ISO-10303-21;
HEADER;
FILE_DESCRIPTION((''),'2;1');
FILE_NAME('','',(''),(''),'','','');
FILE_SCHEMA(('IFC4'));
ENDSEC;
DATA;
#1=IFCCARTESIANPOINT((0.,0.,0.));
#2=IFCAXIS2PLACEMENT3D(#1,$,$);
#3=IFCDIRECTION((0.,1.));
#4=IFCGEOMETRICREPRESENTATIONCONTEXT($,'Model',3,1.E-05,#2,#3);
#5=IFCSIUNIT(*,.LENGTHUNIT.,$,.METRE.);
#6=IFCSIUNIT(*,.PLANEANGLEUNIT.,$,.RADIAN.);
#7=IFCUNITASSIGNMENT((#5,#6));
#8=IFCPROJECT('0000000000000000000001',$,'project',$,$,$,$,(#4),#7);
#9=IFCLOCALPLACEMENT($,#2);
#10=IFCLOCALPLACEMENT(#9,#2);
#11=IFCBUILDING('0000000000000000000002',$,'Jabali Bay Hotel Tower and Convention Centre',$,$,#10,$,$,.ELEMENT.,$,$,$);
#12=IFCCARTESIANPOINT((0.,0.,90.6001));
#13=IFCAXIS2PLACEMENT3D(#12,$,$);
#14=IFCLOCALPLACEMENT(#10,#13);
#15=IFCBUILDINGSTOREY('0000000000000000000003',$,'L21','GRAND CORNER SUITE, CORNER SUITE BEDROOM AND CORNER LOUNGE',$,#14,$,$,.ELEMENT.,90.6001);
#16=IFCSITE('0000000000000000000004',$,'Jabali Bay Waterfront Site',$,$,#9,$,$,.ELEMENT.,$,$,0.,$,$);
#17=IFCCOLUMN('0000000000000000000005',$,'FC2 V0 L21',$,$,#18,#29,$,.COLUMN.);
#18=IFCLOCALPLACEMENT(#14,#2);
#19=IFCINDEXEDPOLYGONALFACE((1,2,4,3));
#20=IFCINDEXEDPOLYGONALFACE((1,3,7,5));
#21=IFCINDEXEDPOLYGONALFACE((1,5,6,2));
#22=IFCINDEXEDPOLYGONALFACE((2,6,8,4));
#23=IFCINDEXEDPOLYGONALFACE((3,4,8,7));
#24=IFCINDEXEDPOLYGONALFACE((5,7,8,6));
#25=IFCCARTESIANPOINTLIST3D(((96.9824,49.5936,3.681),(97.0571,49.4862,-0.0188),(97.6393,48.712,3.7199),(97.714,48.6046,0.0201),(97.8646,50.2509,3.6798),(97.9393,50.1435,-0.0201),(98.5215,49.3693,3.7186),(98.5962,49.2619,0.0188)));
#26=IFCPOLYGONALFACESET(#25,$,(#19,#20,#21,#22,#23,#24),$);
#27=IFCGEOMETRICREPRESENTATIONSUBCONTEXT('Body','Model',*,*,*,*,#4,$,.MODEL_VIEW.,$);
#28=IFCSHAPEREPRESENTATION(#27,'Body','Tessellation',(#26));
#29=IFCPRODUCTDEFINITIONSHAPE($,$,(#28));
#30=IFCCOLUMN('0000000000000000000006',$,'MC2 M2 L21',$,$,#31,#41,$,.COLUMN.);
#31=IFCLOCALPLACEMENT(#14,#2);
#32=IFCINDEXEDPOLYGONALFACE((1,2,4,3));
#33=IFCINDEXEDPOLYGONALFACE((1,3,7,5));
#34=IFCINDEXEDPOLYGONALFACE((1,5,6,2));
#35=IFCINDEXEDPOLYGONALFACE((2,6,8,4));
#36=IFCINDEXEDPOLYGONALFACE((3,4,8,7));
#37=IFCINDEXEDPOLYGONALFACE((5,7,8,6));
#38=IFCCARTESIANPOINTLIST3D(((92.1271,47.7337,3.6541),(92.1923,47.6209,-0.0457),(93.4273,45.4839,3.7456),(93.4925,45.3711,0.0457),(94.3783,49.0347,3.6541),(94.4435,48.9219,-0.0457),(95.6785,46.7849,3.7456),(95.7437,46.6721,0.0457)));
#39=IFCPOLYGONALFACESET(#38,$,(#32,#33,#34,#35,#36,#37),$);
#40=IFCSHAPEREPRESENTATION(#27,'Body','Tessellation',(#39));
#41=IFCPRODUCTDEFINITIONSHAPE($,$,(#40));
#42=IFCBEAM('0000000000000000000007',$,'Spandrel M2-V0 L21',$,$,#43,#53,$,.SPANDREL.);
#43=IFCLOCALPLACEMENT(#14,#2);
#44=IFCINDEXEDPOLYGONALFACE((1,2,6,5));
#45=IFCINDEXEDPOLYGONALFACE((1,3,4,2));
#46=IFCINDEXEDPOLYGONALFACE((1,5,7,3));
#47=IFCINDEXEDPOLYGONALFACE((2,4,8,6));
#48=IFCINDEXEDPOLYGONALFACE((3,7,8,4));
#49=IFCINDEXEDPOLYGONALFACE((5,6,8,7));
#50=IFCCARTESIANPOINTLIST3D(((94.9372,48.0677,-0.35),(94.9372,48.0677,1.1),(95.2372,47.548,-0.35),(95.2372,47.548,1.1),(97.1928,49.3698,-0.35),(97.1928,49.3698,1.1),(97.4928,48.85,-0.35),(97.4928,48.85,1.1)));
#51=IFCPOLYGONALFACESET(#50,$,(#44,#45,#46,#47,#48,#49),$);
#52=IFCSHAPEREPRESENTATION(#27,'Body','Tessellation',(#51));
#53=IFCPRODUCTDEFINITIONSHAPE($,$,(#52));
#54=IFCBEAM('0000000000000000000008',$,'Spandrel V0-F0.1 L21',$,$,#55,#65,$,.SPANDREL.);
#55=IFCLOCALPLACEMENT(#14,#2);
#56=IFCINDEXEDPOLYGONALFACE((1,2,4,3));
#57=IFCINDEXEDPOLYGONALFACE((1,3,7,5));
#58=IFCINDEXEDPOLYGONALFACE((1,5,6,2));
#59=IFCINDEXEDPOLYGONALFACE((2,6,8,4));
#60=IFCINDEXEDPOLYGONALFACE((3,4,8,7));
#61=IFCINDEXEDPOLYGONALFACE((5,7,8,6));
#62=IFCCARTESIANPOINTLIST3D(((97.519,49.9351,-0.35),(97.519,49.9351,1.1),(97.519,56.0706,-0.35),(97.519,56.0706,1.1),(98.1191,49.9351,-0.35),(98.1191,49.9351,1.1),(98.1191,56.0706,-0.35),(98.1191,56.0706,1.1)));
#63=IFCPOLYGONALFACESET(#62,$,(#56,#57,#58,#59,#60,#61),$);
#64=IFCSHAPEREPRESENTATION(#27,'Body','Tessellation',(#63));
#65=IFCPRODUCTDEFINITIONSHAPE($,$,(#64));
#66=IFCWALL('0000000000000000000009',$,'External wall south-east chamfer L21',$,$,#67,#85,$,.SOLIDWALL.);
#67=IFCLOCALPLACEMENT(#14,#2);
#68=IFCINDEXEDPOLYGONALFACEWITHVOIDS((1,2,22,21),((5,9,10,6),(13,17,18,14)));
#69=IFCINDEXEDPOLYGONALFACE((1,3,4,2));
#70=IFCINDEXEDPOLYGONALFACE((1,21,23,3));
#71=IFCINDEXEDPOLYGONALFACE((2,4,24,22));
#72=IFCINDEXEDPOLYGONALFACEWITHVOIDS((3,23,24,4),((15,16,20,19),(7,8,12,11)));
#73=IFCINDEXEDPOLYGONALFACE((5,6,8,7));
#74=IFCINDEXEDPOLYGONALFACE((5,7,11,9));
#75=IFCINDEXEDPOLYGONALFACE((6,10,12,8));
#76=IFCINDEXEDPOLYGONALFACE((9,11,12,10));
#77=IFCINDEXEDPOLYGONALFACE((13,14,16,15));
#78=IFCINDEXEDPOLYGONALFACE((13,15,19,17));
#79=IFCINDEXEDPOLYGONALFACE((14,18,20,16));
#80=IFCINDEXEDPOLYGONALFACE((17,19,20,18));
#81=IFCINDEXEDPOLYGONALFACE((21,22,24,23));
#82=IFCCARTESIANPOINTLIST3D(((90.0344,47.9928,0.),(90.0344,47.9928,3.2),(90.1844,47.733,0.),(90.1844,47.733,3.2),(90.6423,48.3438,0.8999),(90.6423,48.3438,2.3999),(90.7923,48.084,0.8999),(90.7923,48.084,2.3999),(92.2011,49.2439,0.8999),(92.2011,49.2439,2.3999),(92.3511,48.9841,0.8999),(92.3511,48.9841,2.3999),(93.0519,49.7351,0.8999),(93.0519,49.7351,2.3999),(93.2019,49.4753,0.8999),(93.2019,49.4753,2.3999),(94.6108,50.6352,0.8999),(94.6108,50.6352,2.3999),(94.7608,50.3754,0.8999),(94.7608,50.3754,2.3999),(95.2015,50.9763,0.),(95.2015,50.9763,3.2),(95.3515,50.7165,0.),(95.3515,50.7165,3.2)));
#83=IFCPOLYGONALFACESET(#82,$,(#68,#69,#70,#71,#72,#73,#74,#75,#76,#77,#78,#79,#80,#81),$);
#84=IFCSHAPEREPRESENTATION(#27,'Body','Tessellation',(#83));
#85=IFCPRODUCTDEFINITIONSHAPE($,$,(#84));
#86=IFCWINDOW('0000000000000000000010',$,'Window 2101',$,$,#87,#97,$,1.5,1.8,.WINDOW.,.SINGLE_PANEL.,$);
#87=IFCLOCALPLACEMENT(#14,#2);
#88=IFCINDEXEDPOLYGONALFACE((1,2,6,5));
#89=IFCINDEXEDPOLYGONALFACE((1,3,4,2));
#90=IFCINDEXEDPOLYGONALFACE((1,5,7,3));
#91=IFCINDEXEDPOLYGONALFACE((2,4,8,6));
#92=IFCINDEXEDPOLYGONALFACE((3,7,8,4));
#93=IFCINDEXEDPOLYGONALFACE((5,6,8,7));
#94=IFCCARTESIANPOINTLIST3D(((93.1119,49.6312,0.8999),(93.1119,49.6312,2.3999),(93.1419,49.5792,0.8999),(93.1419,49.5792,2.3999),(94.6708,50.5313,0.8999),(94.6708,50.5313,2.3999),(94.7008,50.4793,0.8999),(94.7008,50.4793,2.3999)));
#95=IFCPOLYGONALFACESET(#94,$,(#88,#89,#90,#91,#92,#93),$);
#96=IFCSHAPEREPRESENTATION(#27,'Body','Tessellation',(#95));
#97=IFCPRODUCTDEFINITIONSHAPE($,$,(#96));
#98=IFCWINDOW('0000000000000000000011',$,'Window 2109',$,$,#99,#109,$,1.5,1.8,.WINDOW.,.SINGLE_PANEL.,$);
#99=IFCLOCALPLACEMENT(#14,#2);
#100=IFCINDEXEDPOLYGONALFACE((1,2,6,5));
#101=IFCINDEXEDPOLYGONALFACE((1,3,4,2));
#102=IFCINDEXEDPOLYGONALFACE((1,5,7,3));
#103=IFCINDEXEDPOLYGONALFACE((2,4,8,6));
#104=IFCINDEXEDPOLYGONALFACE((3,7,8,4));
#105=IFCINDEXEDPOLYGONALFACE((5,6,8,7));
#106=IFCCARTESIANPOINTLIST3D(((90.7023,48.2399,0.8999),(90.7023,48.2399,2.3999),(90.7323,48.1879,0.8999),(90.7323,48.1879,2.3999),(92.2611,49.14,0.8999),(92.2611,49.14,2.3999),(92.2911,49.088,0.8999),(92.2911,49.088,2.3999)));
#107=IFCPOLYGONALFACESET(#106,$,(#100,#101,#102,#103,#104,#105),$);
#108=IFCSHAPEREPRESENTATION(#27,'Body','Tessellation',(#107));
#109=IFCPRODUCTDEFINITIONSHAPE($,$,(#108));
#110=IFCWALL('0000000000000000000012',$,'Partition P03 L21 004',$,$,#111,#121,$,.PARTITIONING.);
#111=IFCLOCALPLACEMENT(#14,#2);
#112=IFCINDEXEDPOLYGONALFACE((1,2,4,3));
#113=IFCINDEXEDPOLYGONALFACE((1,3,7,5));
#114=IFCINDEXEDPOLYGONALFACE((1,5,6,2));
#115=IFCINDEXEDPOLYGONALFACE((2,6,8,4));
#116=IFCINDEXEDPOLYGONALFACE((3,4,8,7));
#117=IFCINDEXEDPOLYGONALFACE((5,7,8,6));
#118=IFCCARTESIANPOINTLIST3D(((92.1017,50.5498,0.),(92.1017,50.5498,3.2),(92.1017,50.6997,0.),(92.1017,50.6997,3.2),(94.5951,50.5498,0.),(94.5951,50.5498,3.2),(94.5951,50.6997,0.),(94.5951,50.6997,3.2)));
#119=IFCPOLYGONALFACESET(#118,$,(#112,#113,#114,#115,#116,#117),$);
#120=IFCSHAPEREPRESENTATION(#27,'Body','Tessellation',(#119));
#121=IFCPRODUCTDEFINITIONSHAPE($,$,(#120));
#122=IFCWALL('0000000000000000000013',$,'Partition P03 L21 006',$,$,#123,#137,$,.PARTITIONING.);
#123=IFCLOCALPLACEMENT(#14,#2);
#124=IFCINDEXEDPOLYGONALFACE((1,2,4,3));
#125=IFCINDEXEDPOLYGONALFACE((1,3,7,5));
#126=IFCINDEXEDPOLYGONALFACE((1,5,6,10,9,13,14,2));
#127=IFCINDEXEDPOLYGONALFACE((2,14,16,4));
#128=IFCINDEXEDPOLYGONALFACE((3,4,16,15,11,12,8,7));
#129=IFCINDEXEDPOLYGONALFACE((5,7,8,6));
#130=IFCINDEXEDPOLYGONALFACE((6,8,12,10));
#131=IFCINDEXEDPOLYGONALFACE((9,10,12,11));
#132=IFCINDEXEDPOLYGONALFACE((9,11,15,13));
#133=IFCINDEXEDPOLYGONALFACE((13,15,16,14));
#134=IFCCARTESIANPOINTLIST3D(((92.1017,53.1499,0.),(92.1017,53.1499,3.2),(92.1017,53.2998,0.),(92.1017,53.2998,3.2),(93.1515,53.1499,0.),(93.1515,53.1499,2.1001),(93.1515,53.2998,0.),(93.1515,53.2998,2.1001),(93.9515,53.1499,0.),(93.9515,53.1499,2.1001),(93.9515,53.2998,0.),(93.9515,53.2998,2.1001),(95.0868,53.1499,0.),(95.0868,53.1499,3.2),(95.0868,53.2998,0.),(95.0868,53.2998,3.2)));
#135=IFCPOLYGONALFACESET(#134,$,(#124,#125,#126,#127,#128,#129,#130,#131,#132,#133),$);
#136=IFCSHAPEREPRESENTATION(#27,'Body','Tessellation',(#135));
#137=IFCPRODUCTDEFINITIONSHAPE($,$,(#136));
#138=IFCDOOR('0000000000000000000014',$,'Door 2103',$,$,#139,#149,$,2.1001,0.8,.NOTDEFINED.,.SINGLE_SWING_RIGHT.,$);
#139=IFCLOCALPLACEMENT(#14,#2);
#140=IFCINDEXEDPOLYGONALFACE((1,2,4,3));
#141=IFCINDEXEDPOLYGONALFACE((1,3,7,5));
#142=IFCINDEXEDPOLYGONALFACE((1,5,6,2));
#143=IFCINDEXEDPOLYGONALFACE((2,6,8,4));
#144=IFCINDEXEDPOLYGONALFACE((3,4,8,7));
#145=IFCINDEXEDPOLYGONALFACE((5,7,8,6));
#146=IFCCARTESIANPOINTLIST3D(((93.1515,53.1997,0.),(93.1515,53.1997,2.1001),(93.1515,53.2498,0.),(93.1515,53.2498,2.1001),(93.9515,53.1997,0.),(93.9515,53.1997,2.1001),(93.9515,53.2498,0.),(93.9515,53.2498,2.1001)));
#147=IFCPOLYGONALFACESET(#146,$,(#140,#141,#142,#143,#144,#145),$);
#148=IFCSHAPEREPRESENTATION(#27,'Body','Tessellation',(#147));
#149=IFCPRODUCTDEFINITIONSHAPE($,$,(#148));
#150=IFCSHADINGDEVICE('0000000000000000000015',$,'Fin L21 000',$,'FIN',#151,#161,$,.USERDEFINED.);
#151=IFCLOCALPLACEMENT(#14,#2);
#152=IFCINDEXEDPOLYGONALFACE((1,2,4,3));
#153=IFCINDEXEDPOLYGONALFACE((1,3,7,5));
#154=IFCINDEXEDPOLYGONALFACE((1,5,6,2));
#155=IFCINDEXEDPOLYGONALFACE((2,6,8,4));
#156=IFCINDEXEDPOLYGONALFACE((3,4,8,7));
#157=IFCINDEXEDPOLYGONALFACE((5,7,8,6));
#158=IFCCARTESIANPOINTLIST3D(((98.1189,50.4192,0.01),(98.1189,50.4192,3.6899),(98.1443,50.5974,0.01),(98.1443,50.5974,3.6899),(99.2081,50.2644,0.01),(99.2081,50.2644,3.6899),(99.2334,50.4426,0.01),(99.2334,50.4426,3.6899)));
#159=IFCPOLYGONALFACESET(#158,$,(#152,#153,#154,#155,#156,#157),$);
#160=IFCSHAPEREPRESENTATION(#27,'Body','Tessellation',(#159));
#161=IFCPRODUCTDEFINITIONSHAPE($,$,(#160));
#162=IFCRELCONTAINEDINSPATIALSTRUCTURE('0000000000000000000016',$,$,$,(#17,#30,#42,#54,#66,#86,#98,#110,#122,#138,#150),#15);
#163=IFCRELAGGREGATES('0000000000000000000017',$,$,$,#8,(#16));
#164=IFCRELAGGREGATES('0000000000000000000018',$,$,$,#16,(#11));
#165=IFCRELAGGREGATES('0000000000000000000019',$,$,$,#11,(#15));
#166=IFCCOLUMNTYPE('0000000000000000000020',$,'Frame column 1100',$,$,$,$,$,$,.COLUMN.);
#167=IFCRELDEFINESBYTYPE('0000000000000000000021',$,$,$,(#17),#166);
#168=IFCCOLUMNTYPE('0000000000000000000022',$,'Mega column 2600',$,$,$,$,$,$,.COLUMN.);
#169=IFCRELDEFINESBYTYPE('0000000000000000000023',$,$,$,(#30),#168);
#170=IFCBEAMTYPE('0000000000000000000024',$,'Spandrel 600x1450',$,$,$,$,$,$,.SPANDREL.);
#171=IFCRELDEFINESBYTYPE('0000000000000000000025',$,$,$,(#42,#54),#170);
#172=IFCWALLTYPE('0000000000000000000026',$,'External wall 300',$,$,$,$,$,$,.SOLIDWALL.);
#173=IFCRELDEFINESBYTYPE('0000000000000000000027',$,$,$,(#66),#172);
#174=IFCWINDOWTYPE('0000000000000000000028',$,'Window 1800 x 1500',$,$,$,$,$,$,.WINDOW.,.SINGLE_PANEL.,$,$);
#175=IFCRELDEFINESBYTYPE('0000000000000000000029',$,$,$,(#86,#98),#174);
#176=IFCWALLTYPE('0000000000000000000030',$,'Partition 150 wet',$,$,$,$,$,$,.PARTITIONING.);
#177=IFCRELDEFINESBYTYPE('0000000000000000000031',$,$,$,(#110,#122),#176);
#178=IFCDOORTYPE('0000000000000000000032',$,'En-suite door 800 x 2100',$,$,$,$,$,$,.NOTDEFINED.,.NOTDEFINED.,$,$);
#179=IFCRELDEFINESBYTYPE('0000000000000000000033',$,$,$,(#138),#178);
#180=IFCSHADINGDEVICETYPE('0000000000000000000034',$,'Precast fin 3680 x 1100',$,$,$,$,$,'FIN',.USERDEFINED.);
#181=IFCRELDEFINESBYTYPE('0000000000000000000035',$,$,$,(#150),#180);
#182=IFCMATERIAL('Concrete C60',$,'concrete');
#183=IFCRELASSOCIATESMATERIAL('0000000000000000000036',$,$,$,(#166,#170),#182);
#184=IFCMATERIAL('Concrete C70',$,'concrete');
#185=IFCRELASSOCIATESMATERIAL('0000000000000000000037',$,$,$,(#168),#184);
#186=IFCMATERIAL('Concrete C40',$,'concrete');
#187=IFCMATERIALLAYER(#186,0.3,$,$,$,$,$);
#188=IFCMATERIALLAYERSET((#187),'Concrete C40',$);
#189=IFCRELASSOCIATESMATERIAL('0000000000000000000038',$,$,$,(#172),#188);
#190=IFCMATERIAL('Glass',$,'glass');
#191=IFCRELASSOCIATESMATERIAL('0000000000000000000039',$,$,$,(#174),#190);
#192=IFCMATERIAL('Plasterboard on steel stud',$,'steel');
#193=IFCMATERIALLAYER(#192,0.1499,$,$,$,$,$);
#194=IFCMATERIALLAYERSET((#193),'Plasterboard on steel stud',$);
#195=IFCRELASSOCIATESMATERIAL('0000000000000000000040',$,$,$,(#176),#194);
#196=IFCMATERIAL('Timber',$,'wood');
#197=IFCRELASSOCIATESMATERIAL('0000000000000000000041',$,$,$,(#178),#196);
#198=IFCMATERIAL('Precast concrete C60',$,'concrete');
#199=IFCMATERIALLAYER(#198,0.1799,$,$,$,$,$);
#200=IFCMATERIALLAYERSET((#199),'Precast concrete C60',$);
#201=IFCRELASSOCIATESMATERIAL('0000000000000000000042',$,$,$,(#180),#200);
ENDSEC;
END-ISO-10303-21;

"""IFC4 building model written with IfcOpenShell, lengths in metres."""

from ifc_helpers import new_model, si_unit, direction, frame, frame_2d, origin, origin_2d, place, context, subcontext, project, spatial, rectangle, extrude, material, layer, layer_set, material_profile, profile_set, type_object, element, fill, save


model = new_model("IFC4")

# Units and contexts
model_context = context("Model", 3, precision=1e-05, world=origin(), true_north=direction((0.0, 1.0)))
body_context = subcontext(model_context, "Body", "Model", "MODEL_VIEW")
ifc_project = project(units=[si_unit("LENGTHUNIT", "METRE"), si_unit("PLANEANGLEUNIT", "RADIAN")], contexts=[model_context])

# Site, building, storey
site_placement = place(None, origin())
site = spatial("IfcSite", under=ifc_project, at=site_placement, Name="Jabali Bay Waterfront Site", CompositionType="ELEMENT", RefElevation=0.0)
building_placement = place(site_placement, origin())
building = spatial("IfcBuilding", under=site, at=building_placement, Name="Jabali Bay Hotel Tower and Convention Centre", CompositionType="ELEMENT")
storey_placement = place(building_placement, frame((0.0, 0.0, 90.6001)))
storey = spatial("IfcBuildingStorey", under=building, at=storey_placement, Name="L21", Description="GRAND CORNER SUITE, CORNER SUITE BEDROOM AND CORNER LOUNGE", CompositionType="ELEMENT", Elevation=90.6001)

# Columns
ifc_material_1 = material(Name="Concrete C60", Category="concrete")
ifc_material_profile_1 = material_profile(ifc_material_1, rectangle(XDim=1.1001, YDim=1.1001, at=origin_2d()), Name="Frame column 1100")
ifc_profile_set_1 = profile_set([ifc_material_profile_1], Name="Concrete C60")
column_type_1 = type_object("IfcColumnType", Name="Frame column 1100", PredefinedType="COLUMN", material=ifc_profile_set_1)
column_1_placement = place(storey_placement, frame((97.8267, 49.374, 0.0), z_axis=(-0.020179, 0.029015, 0.999375), x_axis=(-0.801898, -0.597459, 0.001155)))
element("IfcColumn", 1, at=column_1_placement, inside=storey, type_object=column_type_1, Name="FC2 V0 L21", PredefinedType="COLUMN", context=body_context, shape_type="SweptSolid", body=[
    extrude(rectangle(XDim=1.1001, YDim=1.1001, at=origin_2d()), origin(), (0.0, 0.0, 1.0), 3.7021),
])
ifc_material_2 = material(Name="Concrete C70", Category="concrete")
ifc_material_profile_2 = material_profile(ifc_material_2, rectangle(XDim=2.6001, YDim=2.6001, at=origin_2d()), Name="Mega column 2600")
ifc_profile_set_2 = profile_set([ifc_material_profile_2], Name="Concrete C70")
column_type_2 = type_object("IfcColumnType", Name="Mega column 2600", PredefinedType="COLUMN", material=ifc_profile_set_2)
column_2_placement = place(storey_placement, frame((93.968, 47.1465, 0.0), z_axis=(-0.017607, 0.030466, 0.999381), x_axis=(-0.865809, -0.500375, 0.0)))
element("IfcColumn", 2, at=column_2_placement, inside=storey, type_object=column_type_2, Name="MC2 M2 L21", PredefinedType="COLUMN", context=body_context, shape_type="SweptSolid", body=[
    extrude(rectangle(XDim=2.6001, YDim=2.6001, at=origin_2d()), origin(), (0.0, 0.0, 1.0), 3.7021),
])

# Beams
ifc_material_profile_3 = material_profile(ifc_material_1, rectangle(XDim=0.6001, YDim=1.45, at=origin_2d()), Name="Spandrel 600x1450")
ifc_profile_set_3 = profile_set([ifc_material_profile_3], Name="Concrete C60")
beam_type = type_object("IfcBeamType", Name="Spandrel 600x1450", PredefinedType="SPANDREL", material=ifc_profile_set_3)
beam_1_placement = place(storey_placement, frame((95.0872, 47.8079, 0.375), z_axis=(0.866072, 0.49992, 0.0), x_axis=(-0.49992, 0.866072, 0.0)))
element("IfcBeam", 3, at=beam_1_placement, inside=storey, type_object=beam_type, Name="Spandrel M2-V0 L21", PredefinedType="SPANDREL", context=body_context, shape_type="SweptSolid", body=[
    extrude(rectangle(XDim=0.6001, YDim=1.45, at=origin_2d()), origin(), (0.0, 0.0, 1.0), 2.6045),
])
beam_2_placement = place(storey_placement, frame((97.8191, 49.9351, 0.375), z_axis=(0.0, 1.0, 0.0), x_axis=(-1.0, 0.0, 0.0)))
element("IfcBeam", 4, at=beam_2_placement, inside=storey, type_object=beam_type, Name="Spandrel V0-F0.1 L21", PredefinedType="SPANDREL", context=body_context, shape_type="SweptSolid", body=[
    extrude(rectangle(XDim=0.6001, YDim=1.45, at=origin_2d()), origin(), (0.0, 0.0, 1.0), 6.1355),
])

# Wall, openings, windows
ifc_material_3 = material(Name="Concrete C40", Category="concrete")
ifc_layer_1 = layer(ifc_material_3, 0.3)
ifc_layer_set_1 = layer_set([ifc_layer_1], Name="Concrete C40")
wall_type_1 = type_object("IfcWallType", Name="External wall 300", PredefinedType="SOLIDWALL", material=ifc_layer_set_1)
wall_1_placement = place(storey_placement, frame((95.2766, 50.8464, 0.0), z_axis=(0.0, 0.0, 1.0), x_axis=(-0.866008, -0.500029, 0.0)))
wall_1 = element("IfcWall", 5, at=wall_1_placement, inside=storey, type_object=wall_type_1, Name="External wall south-east chamfer L21", PredefinedType="SOLIDWALL", context=body_context, shape_type="SweptSolid", body=[
    extrude(rectangle(XDim=5.9666, YDim=0.3, at=frame_2d((2.9834, 0.0))), origin(), (0.0, 0.0, 1.0), 3.2),
])
opening_1_placement = place(wall_1_placement, frame((0.6824, 0.0, 0.8999)))
opening_1 = element("IfcOpeningElement", 6, at=opening_1_placement, cuts=wall_1, PredefinedType="OPENING", context=body_context, shape_type="SweptSolid", body=[
    extrude(rectangle(XDim=1.8, YDim=1.5, at=frame_2d((0.8999, 0.75))), frame((0.0, 0.1606, 0.0), z_axis=(0.0, -1.0, 0.0), x_axis=(1.0, 0.0, 0.0)), (0.0, 0.0, 1.0), 0.321),
])
opening_2_placement = place(wall_1_placement, frame((3.4648, 0.0, 0.8999)))
opening_2 = element("IfcOpeningElement", 7, at=opening_2_placement, cuts=wall_1, PredefinedType="OPENING", context=body_context, shape_type="SweptSolid", body=[
    extrude(rectangle(XDim=1.8, YDim=1.5, at=frame_2d((0.8999, 0.75))), frame((0.0, 0.1606, 0.0), z_axis=(0.0, -1.0, 0.0), x_axis=(1.0, 0.0, 0.0)), (0.0, 0.0, 1.0), 0.321),
])
ifc_material_4 = material(Name="Glass", Category="glass")
window_type = type_object("IfcWindowType", Name="Window 1800 x 1500", PartitioningType="SINGLE_PANEL", PredefinedType="WINDOW", material=ifc_material_4)
window_1_placement = place(opening_1_placement, origin())
window_1 = element("IfcWindow", 8, at=window_1_placement, inside=storey, type_object=window_type, Name="Window 2101", OverallHeight=1.5, OverallWidth=1.8, PartitioningType="SINGLE_PANEL", PredefinedType="WINDOW", context=body_context, shape_type="SweptSolid", body=[
    extrude(rectangle(XDim=1.8, YDim=1.5, at=frame_2d((0.8999, 0.75))), frame((0.0, 0.03, 0.0), z_axis=(0.0, -1.0, 0.0), x_axis=(1.0, 0.0, 0.0)), (0.0, 0.0, 1.0), 0.0601),
])
fill(opening_1, window_1)
window_2_placement = place(opening_2_placement, origin())
window_2 = element("IfcWindow", 9, at=window_2_placement, inside=storey, type_object=window_type, Name="Window 2109", OverallHeight=1.5, OverallWidth=1.8, PartitioningType="SINGLE_PANEL", PredefinedType="WINDOW", context=body_context, shape_type="SweptSolid", body=[
    extrude(rectangle(XDim=1.8, YDim=1.5, at=frame_2d((0.8999, 0.75))), frame((0.0, 0.03, 0.0), z_axis=(0.0, -1.0, 0.0), x_axis=(1.0, 0.0, 0.0)), (0.0, 0.0, 1.0), 0.0601),
])
fill(opening_2, window_2)

# Wall
ifc_material_5 = material(Name="Plasterboard on steel stud", Category="steel")
ifc_layer_2 = layer(ifc_material_5, 0.1499)
ifc_layer_set_2 = layer_set([ifc_layer_2], Name="Plasterboard on steel stud")
wall_type_2 = type_object("IfcWallType", Name="Partition 150 wet", PredefinedType="PARTITIONING", material=ifc_layer_set_2)
wall_2_placement = place(storey_placement, frame((94.595, 50.6248, 0.0), z_axis=(0.0, 0.0, 1.0), x_axis=(-1.0, 0.0, 0.0)))
element("IfcWall", 10, at=wall_2_placement, inside=storey, type_object=wall_type_2, Name="Partition P03 L21 004", PredefinedType="PARTITIONING", context=body_context, shape_type="SweptSolid", body=[
    extrude(rectangle(XDim=2.4934, YDim=0.1499, at=frame_2d((1.2466, 0.0))), origin(), (0.0, 0.0, 1.0), 3.2),
])

# Wall, opening, door
wall_3_placement = place(storey_placement, frame((92.1016, 53.2249, 0.0), z_axis=(0.0, 0.0, 1.0), x_axis=(1.0, 0.0, 0.0)))
wall_3 = element("IfcWall", 11, at=wall_3_placement, inside=storey, type_object=wall_type_2, Name="Partition P03 L21 006", PredefinedType="PARTITIONING", context=body_context, shape_type="SweptSolid", body=[
    extrude(rectangle(XDim=2.9851, YDim=0.1499, at=frame_2d((1.4927, 0.0))), origin(), (0.0, 0.0, 1.0), 3.2),
])
opening_3_placement = place(wall_3_placement, frame((1.05, 0.0, 0.0)))
opening_3 = element("IfcOpeningElement", 12, at=opening_3_placement, cuts=wall_3, PredefinedType="OPENING", context=body_context, shape_type="SweptSolid", body=[
    extrude(rectangle(XDim=0.8, YDim=2.1001, at=frame_2d((0.3999, 1.05))), frame((0.0, 0.0854, 0.0), z_axis=(0.0, -1.0, 0.0), x_axis=(1.0, 0.0, 0.0)), (0.0, 0.0, 1.0), 0.1709),
])
ifc_material_6 = material(Name="Timber", Category="wood")
door_type = type_object("IfcDoorType", Name="En-suite door 800 x 2100", OperationType="NOTDEFINED", PredefinedType="NOTDEFINED", material=ifc_material_6)
door_placement = place(opening_3_placement, origin())
door = element("IfcDoor", 13, at=door_placement, inside=storey, type_object=door_type, Name="Door 2103", OperationType="SINGLE_SWING_RIGHT", OverallHeight=2.1001, OverallWidth=0.8, PredefinedType="NOTDEFINED", context=body_context, shape_type="SweptSolid", body=[
    extrude(rectangle(XDim=0.8, YDim=2.1001, at=frame_2d((0.3999, 1.05))), frame((0.0, 0.0249, 0.0), z_axis=(0.0, -1.0, 0.0), x_axis=(1.0, 0.0, 0.0)), (0.0, 0.0, 1.0), 0.05),
])
fill(opening_3, door)

# Shading device
ifc_material_7 = material(Name="Precast concrete C60", Category="concrete")
ifc_layer_3 = layer(ifc_material_7, 0.1799)
ifc_layer_set_3 = layer_set([ifc_layer_3], Name="Precast concrete C60")
shading_device_type_1 = type_object("IfcShadingDeviceType", Name="Precast fin 3680 x 1100", ElementType="FIN", PredefinedType="USERDEFINED", material=ifc_layer_set_3)
for number, where, z_axis, x_axis, name in (
    (14, (98.1316, 50.5083, 0.01), (0.0, 0.0, 1.0), (0.990051, -0.140707, 0.0), "Fin L21 000"),
):
    element("IfcShadingDevice", number, at=place(storey_placement, frame(where, z_axis=z_axis, x_axis=x_axis)), inside=storey, type_object=shading_device_type_1, Name=name, ObjectType="FIN", PredefinedType="USERDEFINED", context=body_context, shape_type="SweptSolid", body=[
        extrude(rectangle(XDim=1.1001, YDim=0.1799, at=frame_2d((0.55, 0.0))), origin(), (0.0, 0.0, 1.0), 3.6799),
    ])

save(model, "model.ifc")
